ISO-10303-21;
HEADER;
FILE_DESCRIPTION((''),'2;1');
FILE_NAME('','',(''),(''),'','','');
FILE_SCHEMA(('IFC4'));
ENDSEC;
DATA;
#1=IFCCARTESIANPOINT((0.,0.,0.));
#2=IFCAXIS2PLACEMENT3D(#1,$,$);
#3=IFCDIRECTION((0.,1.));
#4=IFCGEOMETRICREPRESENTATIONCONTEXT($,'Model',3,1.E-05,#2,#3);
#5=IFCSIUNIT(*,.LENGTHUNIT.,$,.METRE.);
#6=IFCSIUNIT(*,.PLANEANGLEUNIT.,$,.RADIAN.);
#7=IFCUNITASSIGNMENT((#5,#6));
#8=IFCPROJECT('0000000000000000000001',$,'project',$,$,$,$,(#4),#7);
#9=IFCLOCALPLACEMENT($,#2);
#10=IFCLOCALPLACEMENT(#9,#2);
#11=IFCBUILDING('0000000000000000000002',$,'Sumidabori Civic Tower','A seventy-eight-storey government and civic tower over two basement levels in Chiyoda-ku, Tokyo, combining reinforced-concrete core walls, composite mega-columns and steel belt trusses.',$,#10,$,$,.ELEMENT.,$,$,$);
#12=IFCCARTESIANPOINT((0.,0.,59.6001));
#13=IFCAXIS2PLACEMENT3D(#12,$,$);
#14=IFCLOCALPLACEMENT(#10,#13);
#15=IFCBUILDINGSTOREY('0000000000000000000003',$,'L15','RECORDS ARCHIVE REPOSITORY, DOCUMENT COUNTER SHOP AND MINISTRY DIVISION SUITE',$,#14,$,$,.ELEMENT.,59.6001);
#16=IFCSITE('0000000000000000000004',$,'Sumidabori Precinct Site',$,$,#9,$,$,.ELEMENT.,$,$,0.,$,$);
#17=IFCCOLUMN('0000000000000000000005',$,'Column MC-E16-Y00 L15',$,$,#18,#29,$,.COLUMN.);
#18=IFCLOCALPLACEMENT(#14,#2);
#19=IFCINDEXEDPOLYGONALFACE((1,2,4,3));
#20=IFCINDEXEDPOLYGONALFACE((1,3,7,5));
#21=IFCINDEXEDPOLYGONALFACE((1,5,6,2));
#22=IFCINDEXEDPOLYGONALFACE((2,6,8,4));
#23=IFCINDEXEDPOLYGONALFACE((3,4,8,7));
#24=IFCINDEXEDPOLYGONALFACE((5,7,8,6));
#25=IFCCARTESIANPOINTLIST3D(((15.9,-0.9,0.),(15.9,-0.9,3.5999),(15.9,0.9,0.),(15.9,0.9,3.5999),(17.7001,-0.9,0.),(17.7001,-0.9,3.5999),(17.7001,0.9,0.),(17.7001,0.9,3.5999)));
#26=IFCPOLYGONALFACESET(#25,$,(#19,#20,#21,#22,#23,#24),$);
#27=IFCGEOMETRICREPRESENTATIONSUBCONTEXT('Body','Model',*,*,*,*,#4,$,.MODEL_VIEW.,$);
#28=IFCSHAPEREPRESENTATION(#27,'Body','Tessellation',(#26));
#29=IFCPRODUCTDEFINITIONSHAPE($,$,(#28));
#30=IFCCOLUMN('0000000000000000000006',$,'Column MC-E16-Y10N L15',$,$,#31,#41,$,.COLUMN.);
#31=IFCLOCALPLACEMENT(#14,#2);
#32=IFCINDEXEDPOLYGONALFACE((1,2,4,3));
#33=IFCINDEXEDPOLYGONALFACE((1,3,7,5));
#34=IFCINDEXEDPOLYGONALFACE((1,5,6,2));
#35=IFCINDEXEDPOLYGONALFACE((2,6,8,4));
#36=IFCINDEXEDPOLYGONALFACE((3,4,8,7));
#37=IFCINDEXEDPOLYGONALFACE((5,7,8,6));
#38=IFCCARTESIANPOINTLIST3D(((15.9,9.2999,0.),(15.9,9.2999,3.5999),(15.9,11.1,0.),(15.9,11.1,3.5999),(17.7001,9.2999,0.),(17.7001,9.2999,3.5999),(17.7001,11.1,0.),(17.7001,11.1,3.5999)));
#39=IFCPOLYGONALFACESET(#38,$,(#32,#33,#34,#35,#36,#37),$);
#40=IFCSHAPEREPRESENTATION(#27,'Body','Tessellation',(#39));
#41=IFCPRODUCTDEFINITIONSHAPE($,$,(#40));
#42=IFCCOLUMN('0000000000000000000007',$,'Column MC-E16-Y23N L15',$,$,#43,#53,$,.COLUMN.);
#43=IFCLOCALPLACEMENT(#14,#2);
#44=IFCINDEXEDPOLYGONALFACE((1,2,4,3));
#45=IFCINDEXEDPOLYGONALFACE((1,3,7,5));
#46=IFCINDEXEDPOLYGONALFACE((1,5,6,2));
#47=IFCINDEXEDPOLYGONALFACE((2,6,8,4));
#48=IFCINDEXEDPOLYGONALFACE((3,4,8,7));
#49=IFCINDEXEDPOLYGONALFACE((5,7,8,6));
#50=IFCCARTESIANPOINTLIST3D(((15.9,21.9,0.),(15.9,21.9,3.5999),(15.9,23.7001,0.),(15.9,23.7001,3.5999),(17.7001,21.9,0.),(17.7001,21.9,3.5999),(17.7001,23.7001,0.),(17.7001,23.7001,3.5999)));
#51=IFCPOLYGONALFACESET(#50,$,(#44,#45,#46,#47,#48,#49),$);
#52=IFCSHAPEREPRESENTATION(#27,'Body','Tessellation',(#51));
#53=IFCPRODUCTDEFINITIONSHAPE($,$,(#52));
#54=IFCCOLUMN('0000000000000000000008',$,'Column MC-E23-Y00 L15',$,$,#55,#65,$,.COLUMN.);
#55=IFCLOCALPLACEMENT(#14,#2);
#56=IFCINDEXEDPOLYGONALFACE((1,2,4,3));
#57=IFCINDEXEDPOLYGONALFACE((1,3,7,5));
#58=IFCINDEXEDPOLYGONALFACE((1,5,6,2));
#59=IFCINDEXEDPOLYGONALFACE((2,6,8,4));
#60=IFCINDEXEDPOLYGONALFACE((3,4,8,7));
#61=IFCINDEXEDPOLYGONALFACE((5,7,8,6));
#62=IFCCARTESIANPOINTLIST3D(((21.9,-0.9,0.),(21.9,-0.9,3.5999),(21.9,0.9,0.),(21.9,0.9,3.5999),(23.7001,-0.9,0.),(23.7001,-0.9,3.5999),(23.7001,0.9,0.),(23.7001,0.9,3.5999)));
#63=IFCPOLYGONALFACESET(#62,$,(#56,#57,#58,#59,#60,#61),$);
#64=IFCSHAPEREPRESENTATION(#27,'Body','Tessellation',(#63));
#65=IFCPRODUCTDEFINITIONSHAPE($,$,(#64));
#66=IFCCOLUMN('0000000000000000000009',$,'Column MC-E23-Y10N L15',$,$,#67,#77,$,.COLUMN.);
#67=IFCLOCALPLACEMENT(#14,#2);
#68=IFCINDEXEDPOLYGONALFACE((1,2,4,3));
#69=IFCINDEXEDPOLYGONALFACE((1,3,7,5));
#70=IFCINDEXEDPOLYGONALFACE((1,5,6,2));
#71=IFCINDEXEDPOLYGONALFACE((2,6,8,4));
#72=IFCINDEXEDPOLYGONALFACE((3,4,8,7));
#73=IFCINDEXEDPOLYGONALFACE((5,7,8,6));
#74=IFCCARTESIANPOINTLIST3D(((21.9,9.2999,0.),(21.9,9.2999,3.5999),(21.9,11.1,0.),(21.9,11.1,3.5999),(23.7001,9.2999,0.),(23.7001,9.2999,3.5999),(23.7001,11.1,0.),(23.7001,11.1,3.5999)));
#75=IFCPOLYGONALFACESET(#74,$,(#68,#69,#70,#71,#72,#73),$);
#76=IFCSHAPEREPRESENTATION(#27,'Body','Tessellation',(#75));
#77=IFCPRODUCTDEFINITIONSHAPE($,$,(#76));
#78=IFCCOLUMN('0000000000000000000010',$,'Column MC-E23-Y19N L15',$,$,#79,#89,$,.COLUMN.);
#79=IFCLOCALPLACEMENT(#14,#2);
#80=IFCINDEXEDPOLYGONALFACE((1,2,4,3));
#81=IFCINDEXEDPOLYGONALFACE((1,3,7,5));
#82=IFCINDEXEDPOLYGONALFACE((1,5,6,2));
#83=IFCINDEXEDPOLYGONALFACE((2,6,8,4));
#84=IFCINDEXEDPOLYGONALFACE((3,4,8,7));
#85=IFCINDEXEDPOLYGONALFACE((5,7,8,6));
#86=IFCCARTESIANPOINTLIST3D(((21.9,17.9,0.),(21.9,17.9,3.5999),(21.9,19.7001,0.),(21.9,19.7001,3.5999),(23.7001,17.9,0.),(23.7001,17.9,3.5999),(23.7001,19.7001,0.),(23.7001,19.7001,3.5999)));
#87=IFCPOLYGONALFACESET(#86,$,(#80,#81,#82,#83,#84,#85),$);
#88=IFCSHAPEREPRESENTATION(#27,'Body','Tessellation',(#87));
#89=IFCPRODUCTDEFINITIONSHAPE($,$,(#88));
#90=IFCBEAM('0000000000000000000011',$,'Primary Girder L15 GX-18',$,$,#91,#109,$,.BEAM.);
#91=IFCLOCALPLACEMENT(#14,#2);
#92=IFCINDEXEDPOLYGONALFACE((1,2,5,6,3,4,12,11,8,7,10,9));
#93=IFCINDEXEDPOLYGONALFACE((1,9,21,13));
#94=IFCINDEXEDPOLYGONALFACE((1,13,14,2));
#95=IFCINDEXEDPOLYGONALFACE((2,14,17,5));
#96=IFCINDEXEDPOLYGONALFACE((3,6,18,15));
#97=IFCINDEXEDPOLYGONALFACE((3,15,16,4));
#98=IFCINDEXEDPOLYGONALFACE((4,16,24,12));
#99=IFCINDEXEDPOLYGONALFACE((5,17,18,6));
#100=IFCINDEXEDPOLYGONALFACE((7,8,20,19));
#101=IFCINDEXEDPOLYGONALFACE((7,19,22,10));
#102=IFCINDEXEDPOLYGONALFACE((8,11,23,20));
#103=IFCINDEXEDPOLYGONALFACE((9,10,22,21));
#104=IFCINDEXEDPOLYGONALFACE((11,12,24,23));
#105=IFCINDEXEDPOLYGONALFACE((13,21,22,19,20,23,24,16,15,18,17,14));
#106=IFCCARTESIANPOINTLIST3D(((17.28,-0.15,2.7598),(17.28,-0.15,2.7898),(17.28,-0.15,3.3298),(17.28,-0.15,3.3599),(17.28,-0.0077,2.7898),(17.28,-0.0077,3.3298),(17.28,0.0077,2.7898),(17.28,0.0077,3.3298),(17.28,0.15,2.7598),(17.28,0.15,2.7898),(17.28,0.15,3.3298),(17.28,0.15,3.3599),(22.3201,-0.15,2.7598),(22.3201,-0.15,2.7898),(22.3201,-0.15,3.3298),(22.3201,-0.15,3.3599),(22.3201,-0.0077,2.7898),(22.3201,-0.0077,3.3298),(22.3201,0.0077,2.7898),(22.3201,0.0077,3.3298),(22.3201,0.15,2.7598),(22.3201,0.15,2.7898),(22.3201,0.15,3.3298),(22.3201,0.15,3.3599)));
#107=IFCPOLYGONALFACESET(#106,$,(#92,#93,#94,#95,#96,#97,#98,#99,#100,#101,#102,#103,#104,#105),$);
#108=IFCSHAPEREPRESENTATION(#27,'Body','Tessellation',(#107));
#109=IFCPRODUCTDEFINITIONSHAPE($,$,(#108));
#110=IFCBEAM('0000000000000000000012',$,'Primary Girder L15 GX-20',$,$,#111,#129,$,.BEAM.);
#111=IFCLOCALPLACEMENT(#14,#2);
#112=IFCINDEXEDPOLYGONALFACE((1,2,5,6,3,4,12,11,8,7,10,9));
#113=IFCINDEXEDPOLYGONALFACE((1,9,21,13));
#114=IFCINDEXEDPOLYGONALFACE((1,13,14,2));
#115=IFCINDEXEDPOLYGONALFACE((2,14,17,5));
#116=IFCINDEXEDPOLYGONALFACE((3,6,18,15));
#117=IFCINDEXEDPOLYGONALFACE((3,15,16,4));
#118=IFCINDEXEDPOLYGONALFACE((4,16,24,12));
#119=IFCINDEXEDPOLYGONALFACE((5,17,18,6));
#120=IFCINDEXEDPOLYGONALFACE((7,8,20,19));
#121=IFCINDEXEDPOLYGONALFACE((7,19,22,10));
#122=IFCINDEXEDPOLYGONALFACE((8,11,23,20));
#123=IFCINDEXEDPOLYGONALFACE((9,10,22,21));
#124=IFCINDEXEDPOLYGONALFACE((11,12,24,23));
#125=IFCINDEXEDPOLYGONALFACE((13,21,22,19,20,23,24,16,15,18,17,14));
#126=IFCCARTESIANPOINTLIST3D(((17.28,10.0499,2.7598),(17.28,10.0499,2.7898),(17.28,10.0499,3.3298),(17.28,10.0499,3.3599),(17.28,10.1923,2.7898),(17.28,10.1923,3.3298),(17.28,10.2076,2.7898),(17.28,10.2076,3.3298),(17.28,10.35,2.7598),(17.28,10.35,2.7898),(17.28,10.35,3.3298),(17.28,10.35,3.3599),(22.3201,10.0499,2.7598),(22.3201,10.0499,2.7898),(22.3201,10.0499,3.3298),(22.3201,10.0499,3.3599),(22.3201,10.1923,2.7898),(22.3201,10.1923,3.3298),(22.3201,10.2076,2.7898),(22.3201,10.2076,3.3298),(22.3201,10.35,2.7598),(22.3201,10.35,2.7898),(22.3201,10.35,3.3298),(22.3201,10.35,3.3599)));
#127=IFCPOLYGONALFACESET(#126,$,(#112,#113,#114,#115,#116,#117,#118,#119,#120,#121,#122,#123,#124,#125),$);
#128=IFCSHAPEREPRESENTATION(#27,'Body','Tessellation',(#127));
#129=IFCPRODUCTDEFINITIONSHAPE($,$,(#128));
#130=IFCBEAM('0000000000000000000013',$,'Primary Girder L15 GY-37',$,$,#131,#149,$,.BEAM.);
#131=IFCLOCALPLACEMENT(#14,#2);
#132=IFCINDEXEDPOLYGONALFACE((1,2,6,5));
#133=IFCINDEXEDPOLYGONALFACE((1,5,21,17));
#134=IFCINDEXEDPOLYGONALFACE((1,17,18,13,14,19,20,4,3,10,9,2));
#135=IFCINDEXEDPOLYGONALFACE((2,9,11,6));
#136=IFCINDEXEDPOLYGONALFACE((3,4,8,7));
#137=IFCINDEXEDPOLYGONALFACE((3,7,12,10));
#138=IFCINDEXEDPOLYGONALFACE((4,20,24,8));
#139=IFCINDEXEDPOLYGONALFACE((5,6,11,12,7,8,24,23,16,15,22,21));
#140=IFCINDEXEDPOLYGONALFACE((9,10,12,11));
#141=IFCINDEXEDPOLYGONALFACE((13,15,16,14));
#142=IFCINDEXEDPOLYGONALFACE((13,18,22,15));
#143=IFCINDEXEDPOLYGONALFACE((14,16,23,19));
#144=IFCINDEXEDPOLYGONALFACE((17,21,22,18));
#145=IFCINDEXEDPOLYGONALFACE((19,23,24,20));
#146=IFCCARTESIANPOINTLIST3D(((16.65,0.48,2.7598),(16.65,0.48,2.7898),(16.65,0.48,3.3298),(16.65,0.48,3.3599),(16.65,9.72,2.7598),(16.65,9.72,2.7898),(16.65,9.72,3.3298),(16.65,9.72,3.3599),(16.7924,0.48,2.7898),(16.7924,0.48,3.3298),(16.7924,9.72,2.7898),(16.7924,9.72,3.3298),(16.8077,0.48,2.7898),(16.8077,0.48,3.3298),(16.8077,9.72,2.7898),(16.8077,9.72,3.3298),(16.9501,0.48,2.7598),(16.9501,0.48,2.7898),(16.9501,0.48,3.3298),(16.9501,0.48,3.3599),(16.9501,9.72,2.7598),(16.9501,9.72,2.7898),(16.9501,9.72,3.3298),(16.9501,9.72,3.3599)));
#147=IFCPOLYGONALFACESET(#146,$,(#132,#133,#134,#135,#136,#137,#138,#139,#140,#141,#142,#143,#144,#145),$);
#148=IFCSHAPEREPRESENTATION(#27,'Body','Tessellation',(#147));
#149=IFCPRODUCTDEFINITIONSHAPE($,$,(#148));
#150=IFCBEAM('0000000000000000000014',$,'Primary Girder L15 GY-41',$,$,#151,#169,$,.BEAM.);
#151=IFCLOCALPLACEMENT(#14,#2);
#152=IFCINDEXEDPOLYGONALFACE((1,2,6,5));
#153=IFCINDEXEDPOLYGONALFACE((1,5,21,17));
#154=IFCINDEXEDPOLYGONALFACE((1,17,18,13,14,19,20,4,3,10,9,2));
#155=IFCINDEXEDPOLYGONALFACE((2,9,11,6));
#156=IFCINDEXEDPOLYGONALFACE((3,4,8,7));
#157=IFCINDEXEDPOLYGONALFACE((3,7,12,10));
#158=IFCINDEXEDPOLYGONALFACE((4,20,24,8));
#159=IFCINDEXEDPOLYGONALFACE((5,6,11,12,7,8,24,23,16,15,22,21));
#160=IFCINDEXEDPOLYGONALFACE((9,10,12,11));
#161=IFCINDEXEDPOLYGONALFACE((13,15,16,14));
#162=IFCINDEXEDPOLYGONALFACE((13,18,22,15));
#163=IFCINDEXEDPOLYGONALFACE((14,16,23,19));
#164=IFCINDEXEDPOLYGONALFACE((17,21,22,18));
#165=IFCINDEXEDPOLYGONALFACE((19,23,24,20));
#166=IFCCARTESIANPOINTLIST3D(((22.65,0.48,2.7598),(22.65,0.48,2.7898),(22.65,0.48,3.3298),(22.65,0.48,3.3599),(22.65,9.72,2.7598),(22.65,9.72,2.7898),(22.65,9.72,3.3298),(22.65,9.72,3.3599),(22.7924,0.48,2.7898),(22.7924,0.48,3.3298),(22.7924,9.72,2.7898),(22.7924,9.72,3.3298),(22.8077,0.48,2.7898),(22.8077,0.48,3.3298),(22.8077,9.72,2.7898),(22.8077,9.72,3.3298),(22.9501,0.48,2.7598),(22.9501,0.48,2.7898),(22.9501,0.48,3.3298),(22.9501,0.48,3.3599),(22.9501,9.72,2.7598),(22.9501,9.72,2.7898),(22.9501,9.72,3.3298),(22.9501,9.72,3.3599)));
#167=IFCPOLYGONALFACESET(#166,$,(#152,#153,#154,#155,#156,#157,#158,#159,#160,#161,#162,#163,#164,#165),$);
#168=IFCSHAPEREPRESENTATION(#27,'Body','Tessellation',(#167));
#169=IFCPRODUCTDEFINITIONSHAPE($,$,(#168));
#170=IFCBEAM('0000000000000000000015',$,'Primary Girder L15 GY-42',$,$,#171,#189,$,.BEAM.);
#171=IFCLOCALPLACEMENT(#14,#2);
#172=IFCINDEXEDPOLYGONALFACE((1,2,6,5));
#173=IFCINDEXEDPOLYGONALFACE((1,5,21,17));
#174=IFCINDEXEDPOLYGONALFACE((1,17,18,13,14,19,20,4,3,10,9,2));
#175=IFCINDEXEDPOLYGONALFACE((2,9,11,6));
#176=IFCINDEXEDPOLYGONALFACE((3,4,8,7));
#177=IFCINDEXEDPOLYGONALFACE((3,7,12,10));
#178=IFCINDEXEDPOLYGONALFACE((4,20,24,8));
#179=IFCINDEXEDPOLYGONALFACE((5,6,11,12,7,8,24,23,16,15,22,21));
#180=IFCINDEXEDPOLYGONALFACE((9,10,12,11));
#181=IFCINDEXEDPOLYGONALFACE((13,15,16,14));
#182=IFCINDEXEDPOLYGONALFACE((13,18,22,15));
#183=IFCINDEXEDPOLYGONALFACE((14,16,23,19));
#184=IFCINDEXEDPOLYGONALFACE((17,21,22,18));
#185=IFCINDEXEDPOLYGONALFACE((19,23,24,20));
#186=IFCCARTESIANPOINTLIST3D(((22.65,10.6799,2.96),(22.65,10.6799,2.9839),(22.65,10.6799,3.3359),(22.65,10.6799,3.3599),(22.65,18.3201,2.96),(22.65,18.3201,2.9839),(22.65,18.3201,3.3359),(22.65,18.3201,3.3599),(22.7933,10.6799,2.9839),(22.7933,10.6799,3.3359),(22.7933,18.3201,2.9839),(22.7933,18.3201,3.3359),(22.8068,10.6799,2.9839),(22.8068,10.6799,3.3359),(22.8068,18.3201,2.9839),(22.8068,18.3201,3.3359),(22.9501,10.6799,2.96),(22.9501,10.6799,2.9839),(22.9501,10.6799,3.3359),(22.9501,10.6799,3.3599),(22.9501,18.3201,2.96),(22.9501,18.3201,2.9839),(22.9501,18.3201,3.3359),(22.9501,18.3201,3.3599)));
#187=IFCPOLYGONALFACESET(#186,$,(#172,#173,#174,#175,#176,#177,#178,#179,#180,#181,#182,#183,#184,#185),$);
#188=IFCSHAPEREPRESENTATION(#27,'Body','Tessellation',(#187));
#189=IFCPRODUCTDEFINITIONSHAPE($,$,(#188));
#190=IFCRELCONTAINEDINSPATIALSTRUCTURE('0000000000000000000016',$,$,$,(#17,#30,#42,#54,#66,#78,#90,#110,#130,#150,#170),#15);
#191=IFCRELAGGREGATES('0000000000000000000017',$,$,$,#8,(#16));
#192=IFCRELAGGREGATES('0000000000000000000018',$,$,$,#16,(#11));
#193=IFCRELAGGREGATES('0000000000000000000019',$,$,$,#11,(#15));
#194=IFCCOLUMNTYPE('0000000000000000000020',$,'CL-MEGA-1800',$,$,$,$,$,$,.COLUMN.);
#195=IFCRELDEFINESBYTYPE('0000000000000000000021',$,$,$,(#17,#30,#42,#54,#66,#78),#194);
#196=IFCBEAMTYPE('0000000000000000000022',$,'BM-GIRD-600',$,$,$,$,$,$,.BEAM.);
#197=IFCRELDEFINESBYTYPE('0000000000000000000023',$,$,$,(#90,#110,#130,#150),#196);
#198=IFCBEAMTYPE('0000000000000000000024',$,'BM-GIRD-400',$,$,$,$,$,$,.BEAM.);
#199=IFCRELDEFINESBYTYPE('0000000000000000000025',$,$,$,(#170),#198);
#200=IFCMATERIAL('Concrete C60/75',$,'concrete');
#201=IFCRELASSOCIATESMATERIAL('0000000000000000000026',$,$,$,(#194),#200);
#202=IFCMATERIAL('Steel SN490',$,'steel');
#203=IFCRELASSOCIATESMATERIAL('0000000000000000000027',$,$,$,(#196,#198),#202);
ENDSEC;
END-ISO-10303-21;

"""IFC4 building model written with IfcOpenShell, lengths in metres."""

from ifc_helpers import new_model, si_unit, direction, frame, origin, origin_2d, place, context, subcontext, project, spatial, rectangle, i_section, extrude, source, transform, mapped, material, material_profile, profile_set, type_object, element, save


model = new_model("IFC4")

# Units and contexts
model_context = context("Model", 3, precision=1e-05, world=origin(), true_north=direction((0.0, 1.0)))
body_context = subcontext(model_context, "Body", "Model", "MODEL_VIEW")
ifc_project = project(units=[si_unit("LENGTHUNIT", "METRE"), si_unit("PLANEANGLEUNIT", "RADIAN")], contexts=[model_context])

# Site, building, storey
site_placement = place(None, origin())
site = spatial("IfcSite", under=ifc_project, at=site_placement, Name="Sumidabori Precinct Site", CompositionType="ELEMENT", RefElevation=0.0)
building_placement = place(site_placement, origin())
building = spatial("IfcBuilding", under=site, at=building_placement, Name="Sumidabori Civic Tower", Description="A seventy-eight-storey government and civic tower over two basement levels in Chiyoda-ku, Tokyo, combining reinforced-concrete core walls, composite mega-columns and steel belt trusses.", CompositionType="ELEMENT")
storey_placement = place(building_placement, frame((0.0, 0.0, 59.6001)))
storey = spatial("IfcBuildingStorey", under=building, at=storey_placement, Name="L15", Description="RECORDS ARCHIVE REPOSITORY, DOCUMENT COUNTER SHOP AND MINISTRY DIVISION SUITE", CompositionType="ELEMENT", Elevation=59.6001)

# Columns
ifc_material_1 = material(Name="Concrete C60/75", Category="concrete")
ifc_material_profile_1 = material_profile(ifc_material_1, rectangle(XDim=1.8, YDim=1.8, at=origin_2d()), Name="RC 1800x1800")
ifc_profile_set_1 = profile_set([ifc_material_profile_1], Name="Concrete C60/75")
column_type = type_object("IfcColumnType", Name="CL-MEGA-1800", PredefinedType="COLUMN", material=ifc_profile_set_1)
shared_shape_1 = source(origin(), body_context, "Body", "SweptSolid", [
    extrude(rectangle(XDim=1.8, YDim=1.8, at=origin_2d()), origin(), (0.0, 0.0, 1.0), 3.5999),
])
for number, where, z_axis, x_axis, name in (
    (1, (16.8, 0.0, 0.0), (0.0, 0.0, 1.0), (1.0, 0.0, 0.0), "Column MC-E16-Y00 L15"),
    (2, (16.8, 10.2, 0.0), (0.0, 0.0, 1.0), (1.0, 0.0, 0.0), "Column MC-E16-Y10N L15"),
    (3, (16.8, 22.8, 0.0), (0.0, 0.0, 1.0), (1.0, 0.0, 0.0), "Column MC-E16-Y23N L15"),
    (4, (22.8, 0.0, 0.0), (0.0, 0.0, 1.0), (1.0, 0.0, 0.0), "Column MC-E23-Y00 L15"),
    (5, (22.8, 10.2, 0.0), (0.0, 0.0, 1.0), (1.0, 0.0, 0.0), "Column MC-E23-Y10N L15"),
    (6, (22.8, 18.8, 0.0), (0.0, 0.0, 1.0), (1.0, 0.0, 0.0), "Column MC-E23-Y19N L15"),
):
    element("IfcColumn", number, at=place(storey_placement, frame(where, z_axis=z_axis, x_axis=x_axis)), inside=storey, type_object=column_type, Name=name, PredefinedType="COLUMN", context=body_context, shape_type="MappedRepresentation", body=[
        mapped(shared_shape_1, transform((0.0, 0.0, 0.0), x_axis=(1.0, 0.0, 0.0), y_axis=(0.0, 1.0, 0.0), z_axis=(0.0, 0.0, 1.0), scale=1.0)),
    ])

# Beams
ifc_material_2 = material(Name="Steel SN490", Category="steel")
ifc_material_profile_2 = material_profile(ifc_material_2, i_section(OverallWidth=0.3, OverallDepth=0.6001, WebThickness=0.0154, FlangeThickness=0.03, at=origin_2d()), Name="HE 600 B")
ifc_profile_set_2 = profile_set([ifc_material_profile_2], Name="Steel SN490")
beam_type_1 = type_object("IfcBeamType", Name="BM-GIRD-600", PredefinedType="BEAM", material=ifc_profile_set_2)
shared_shape_2 = source(origin(), body_context, "Body", "SweptSolid", [
    extrude(i_section(OverallWidth=0.3, OverallDepth=0.6001, WebThickness=0.0154, FlangeThickness=0.03, at=origin_2d()), origin(), (0.0, 0.0, 1.0), 5.04),
])
for number, where, z_axis, x_axis, name in (
    (7, (17.28, 0.0, 3.0598), (1.0, 0.0, 0.0), (0.0, 1.0, 0.0), "Primary Girder L15 GX-18"),
    (8, (17.28, 10.2, 3.0598), (1.0, 0.0, 0.0), (0.0, 1.0, 0.0), "Primary Girder L15 GX-20"),
):
    element("IfcBeam", number, at=place(storey_placement, frame(where, z_axis=z_axis, x_axis=x_axis)), inside=storey, type_object=beam_type_1, Name=name, PredefinedType="BEAM", context=body_context, shape_type="MappedRepresentation", body=[
        mapped(shared_shape_2, transform((0.0, 0.0, 0.0), x_axis=(1.0, 0.0, 0.0), y_axis=(0.0, 1.0, 0.0), z_axis=(0.0, 0.0, 1.0), scale=1.0)),
    ])
shared_shape_3 = source(origin(), body_context, "Body", "SweptSolid", [
    extrude(i_section(OverallWidth=0.3, OverallDepth=0.6001, WebThickness=0.0154, FlangeThickness=0.03, at=origin_2d()), origin(), (0.0, 0.0, 1.0), 9.24),
])
for number, where, z_axis, x_axis, name in (
    (9, (16.8, 0.48, 3.0598), (0.0, 1.0, 0.0), (-1.0, 0.0, 0.0), "Primary Girder L15 GY-37"),
    (10, (22.8, 0.48, 3.0598), (0.0, 1.0, 0.0), (-1.0, 0.0, 0.0), "Primary Girder L15 GY-41"),
):
    element("IfcBeam", number, at=place(storey_placement, frame(where, z_axis=z_axis, x_axis=x_axis)), inside=storey, type_object=beam_type_1, Name=name, PredefinedType="BEAM", context=body_context, shape_type="MappedRepresentation", body=[
        mapped(shared_shape_3, transform((0.0, 0.0, 0.0), x_axis=(1.0, 0.0, 0.0), y_axis=(0.0, 1.0, 0.0), z_axis=(0.0, 0.0, 1.0), scale=1.0)),
    ])
ifc_material_profile_3 = material_profile(ifc_material_2, i_section(OverallWidth=0.3, OverallDepth=0.3999, WebThickness=0.0134, FlangeThickness=0.0239, at=origin_2d()), Name="HE 400 B")
ifc_profile_set_3 = profile_set([ifc_material_profile_3], Name="Steel SN490")
beam_type_2 = type_object("IfcBeamType", Name="BM-GIRD-400", PredefinedType="BEAM", material=ifc_profile_set_3)
shared_shape_4 = source(origin(), body_context, "Body", "SweptSolid", [
    extrude(i_section(OverallWidth=0.3, OverallDepth=0.3999, WebThickness=0.0134, FlangeThickness=0.0239, at=origin_2d()), origin(), (0.0, 0.0, 1.0), 7.6401),
])
beam_1_placement = place(storey_placement, frame((22.8, 10.6799, 3.1599), z_axis=(0.0, 1.0, 0.0), x_axis=(-1.0, 0.0, 0.0)))
element("IfcBeam", 11, at=beam_1_placement, inside=storey, type_object=beam_type_2, Name="Primary Girder L15 GY-42", PredefinedType="BEAM", context=body_context, shape_type="MappedRepresentation", body=[
    mapped(shared_shape_4, transform((0.0, 0.0, 0.0), x_axis=(1.0, 0.0, 0.0), y_axis=(0.0, 1.0, 0.0), z_axis=(0.0, 0.0, 1.0), scale=1.0)),
])

save(model, "model.ifc")
